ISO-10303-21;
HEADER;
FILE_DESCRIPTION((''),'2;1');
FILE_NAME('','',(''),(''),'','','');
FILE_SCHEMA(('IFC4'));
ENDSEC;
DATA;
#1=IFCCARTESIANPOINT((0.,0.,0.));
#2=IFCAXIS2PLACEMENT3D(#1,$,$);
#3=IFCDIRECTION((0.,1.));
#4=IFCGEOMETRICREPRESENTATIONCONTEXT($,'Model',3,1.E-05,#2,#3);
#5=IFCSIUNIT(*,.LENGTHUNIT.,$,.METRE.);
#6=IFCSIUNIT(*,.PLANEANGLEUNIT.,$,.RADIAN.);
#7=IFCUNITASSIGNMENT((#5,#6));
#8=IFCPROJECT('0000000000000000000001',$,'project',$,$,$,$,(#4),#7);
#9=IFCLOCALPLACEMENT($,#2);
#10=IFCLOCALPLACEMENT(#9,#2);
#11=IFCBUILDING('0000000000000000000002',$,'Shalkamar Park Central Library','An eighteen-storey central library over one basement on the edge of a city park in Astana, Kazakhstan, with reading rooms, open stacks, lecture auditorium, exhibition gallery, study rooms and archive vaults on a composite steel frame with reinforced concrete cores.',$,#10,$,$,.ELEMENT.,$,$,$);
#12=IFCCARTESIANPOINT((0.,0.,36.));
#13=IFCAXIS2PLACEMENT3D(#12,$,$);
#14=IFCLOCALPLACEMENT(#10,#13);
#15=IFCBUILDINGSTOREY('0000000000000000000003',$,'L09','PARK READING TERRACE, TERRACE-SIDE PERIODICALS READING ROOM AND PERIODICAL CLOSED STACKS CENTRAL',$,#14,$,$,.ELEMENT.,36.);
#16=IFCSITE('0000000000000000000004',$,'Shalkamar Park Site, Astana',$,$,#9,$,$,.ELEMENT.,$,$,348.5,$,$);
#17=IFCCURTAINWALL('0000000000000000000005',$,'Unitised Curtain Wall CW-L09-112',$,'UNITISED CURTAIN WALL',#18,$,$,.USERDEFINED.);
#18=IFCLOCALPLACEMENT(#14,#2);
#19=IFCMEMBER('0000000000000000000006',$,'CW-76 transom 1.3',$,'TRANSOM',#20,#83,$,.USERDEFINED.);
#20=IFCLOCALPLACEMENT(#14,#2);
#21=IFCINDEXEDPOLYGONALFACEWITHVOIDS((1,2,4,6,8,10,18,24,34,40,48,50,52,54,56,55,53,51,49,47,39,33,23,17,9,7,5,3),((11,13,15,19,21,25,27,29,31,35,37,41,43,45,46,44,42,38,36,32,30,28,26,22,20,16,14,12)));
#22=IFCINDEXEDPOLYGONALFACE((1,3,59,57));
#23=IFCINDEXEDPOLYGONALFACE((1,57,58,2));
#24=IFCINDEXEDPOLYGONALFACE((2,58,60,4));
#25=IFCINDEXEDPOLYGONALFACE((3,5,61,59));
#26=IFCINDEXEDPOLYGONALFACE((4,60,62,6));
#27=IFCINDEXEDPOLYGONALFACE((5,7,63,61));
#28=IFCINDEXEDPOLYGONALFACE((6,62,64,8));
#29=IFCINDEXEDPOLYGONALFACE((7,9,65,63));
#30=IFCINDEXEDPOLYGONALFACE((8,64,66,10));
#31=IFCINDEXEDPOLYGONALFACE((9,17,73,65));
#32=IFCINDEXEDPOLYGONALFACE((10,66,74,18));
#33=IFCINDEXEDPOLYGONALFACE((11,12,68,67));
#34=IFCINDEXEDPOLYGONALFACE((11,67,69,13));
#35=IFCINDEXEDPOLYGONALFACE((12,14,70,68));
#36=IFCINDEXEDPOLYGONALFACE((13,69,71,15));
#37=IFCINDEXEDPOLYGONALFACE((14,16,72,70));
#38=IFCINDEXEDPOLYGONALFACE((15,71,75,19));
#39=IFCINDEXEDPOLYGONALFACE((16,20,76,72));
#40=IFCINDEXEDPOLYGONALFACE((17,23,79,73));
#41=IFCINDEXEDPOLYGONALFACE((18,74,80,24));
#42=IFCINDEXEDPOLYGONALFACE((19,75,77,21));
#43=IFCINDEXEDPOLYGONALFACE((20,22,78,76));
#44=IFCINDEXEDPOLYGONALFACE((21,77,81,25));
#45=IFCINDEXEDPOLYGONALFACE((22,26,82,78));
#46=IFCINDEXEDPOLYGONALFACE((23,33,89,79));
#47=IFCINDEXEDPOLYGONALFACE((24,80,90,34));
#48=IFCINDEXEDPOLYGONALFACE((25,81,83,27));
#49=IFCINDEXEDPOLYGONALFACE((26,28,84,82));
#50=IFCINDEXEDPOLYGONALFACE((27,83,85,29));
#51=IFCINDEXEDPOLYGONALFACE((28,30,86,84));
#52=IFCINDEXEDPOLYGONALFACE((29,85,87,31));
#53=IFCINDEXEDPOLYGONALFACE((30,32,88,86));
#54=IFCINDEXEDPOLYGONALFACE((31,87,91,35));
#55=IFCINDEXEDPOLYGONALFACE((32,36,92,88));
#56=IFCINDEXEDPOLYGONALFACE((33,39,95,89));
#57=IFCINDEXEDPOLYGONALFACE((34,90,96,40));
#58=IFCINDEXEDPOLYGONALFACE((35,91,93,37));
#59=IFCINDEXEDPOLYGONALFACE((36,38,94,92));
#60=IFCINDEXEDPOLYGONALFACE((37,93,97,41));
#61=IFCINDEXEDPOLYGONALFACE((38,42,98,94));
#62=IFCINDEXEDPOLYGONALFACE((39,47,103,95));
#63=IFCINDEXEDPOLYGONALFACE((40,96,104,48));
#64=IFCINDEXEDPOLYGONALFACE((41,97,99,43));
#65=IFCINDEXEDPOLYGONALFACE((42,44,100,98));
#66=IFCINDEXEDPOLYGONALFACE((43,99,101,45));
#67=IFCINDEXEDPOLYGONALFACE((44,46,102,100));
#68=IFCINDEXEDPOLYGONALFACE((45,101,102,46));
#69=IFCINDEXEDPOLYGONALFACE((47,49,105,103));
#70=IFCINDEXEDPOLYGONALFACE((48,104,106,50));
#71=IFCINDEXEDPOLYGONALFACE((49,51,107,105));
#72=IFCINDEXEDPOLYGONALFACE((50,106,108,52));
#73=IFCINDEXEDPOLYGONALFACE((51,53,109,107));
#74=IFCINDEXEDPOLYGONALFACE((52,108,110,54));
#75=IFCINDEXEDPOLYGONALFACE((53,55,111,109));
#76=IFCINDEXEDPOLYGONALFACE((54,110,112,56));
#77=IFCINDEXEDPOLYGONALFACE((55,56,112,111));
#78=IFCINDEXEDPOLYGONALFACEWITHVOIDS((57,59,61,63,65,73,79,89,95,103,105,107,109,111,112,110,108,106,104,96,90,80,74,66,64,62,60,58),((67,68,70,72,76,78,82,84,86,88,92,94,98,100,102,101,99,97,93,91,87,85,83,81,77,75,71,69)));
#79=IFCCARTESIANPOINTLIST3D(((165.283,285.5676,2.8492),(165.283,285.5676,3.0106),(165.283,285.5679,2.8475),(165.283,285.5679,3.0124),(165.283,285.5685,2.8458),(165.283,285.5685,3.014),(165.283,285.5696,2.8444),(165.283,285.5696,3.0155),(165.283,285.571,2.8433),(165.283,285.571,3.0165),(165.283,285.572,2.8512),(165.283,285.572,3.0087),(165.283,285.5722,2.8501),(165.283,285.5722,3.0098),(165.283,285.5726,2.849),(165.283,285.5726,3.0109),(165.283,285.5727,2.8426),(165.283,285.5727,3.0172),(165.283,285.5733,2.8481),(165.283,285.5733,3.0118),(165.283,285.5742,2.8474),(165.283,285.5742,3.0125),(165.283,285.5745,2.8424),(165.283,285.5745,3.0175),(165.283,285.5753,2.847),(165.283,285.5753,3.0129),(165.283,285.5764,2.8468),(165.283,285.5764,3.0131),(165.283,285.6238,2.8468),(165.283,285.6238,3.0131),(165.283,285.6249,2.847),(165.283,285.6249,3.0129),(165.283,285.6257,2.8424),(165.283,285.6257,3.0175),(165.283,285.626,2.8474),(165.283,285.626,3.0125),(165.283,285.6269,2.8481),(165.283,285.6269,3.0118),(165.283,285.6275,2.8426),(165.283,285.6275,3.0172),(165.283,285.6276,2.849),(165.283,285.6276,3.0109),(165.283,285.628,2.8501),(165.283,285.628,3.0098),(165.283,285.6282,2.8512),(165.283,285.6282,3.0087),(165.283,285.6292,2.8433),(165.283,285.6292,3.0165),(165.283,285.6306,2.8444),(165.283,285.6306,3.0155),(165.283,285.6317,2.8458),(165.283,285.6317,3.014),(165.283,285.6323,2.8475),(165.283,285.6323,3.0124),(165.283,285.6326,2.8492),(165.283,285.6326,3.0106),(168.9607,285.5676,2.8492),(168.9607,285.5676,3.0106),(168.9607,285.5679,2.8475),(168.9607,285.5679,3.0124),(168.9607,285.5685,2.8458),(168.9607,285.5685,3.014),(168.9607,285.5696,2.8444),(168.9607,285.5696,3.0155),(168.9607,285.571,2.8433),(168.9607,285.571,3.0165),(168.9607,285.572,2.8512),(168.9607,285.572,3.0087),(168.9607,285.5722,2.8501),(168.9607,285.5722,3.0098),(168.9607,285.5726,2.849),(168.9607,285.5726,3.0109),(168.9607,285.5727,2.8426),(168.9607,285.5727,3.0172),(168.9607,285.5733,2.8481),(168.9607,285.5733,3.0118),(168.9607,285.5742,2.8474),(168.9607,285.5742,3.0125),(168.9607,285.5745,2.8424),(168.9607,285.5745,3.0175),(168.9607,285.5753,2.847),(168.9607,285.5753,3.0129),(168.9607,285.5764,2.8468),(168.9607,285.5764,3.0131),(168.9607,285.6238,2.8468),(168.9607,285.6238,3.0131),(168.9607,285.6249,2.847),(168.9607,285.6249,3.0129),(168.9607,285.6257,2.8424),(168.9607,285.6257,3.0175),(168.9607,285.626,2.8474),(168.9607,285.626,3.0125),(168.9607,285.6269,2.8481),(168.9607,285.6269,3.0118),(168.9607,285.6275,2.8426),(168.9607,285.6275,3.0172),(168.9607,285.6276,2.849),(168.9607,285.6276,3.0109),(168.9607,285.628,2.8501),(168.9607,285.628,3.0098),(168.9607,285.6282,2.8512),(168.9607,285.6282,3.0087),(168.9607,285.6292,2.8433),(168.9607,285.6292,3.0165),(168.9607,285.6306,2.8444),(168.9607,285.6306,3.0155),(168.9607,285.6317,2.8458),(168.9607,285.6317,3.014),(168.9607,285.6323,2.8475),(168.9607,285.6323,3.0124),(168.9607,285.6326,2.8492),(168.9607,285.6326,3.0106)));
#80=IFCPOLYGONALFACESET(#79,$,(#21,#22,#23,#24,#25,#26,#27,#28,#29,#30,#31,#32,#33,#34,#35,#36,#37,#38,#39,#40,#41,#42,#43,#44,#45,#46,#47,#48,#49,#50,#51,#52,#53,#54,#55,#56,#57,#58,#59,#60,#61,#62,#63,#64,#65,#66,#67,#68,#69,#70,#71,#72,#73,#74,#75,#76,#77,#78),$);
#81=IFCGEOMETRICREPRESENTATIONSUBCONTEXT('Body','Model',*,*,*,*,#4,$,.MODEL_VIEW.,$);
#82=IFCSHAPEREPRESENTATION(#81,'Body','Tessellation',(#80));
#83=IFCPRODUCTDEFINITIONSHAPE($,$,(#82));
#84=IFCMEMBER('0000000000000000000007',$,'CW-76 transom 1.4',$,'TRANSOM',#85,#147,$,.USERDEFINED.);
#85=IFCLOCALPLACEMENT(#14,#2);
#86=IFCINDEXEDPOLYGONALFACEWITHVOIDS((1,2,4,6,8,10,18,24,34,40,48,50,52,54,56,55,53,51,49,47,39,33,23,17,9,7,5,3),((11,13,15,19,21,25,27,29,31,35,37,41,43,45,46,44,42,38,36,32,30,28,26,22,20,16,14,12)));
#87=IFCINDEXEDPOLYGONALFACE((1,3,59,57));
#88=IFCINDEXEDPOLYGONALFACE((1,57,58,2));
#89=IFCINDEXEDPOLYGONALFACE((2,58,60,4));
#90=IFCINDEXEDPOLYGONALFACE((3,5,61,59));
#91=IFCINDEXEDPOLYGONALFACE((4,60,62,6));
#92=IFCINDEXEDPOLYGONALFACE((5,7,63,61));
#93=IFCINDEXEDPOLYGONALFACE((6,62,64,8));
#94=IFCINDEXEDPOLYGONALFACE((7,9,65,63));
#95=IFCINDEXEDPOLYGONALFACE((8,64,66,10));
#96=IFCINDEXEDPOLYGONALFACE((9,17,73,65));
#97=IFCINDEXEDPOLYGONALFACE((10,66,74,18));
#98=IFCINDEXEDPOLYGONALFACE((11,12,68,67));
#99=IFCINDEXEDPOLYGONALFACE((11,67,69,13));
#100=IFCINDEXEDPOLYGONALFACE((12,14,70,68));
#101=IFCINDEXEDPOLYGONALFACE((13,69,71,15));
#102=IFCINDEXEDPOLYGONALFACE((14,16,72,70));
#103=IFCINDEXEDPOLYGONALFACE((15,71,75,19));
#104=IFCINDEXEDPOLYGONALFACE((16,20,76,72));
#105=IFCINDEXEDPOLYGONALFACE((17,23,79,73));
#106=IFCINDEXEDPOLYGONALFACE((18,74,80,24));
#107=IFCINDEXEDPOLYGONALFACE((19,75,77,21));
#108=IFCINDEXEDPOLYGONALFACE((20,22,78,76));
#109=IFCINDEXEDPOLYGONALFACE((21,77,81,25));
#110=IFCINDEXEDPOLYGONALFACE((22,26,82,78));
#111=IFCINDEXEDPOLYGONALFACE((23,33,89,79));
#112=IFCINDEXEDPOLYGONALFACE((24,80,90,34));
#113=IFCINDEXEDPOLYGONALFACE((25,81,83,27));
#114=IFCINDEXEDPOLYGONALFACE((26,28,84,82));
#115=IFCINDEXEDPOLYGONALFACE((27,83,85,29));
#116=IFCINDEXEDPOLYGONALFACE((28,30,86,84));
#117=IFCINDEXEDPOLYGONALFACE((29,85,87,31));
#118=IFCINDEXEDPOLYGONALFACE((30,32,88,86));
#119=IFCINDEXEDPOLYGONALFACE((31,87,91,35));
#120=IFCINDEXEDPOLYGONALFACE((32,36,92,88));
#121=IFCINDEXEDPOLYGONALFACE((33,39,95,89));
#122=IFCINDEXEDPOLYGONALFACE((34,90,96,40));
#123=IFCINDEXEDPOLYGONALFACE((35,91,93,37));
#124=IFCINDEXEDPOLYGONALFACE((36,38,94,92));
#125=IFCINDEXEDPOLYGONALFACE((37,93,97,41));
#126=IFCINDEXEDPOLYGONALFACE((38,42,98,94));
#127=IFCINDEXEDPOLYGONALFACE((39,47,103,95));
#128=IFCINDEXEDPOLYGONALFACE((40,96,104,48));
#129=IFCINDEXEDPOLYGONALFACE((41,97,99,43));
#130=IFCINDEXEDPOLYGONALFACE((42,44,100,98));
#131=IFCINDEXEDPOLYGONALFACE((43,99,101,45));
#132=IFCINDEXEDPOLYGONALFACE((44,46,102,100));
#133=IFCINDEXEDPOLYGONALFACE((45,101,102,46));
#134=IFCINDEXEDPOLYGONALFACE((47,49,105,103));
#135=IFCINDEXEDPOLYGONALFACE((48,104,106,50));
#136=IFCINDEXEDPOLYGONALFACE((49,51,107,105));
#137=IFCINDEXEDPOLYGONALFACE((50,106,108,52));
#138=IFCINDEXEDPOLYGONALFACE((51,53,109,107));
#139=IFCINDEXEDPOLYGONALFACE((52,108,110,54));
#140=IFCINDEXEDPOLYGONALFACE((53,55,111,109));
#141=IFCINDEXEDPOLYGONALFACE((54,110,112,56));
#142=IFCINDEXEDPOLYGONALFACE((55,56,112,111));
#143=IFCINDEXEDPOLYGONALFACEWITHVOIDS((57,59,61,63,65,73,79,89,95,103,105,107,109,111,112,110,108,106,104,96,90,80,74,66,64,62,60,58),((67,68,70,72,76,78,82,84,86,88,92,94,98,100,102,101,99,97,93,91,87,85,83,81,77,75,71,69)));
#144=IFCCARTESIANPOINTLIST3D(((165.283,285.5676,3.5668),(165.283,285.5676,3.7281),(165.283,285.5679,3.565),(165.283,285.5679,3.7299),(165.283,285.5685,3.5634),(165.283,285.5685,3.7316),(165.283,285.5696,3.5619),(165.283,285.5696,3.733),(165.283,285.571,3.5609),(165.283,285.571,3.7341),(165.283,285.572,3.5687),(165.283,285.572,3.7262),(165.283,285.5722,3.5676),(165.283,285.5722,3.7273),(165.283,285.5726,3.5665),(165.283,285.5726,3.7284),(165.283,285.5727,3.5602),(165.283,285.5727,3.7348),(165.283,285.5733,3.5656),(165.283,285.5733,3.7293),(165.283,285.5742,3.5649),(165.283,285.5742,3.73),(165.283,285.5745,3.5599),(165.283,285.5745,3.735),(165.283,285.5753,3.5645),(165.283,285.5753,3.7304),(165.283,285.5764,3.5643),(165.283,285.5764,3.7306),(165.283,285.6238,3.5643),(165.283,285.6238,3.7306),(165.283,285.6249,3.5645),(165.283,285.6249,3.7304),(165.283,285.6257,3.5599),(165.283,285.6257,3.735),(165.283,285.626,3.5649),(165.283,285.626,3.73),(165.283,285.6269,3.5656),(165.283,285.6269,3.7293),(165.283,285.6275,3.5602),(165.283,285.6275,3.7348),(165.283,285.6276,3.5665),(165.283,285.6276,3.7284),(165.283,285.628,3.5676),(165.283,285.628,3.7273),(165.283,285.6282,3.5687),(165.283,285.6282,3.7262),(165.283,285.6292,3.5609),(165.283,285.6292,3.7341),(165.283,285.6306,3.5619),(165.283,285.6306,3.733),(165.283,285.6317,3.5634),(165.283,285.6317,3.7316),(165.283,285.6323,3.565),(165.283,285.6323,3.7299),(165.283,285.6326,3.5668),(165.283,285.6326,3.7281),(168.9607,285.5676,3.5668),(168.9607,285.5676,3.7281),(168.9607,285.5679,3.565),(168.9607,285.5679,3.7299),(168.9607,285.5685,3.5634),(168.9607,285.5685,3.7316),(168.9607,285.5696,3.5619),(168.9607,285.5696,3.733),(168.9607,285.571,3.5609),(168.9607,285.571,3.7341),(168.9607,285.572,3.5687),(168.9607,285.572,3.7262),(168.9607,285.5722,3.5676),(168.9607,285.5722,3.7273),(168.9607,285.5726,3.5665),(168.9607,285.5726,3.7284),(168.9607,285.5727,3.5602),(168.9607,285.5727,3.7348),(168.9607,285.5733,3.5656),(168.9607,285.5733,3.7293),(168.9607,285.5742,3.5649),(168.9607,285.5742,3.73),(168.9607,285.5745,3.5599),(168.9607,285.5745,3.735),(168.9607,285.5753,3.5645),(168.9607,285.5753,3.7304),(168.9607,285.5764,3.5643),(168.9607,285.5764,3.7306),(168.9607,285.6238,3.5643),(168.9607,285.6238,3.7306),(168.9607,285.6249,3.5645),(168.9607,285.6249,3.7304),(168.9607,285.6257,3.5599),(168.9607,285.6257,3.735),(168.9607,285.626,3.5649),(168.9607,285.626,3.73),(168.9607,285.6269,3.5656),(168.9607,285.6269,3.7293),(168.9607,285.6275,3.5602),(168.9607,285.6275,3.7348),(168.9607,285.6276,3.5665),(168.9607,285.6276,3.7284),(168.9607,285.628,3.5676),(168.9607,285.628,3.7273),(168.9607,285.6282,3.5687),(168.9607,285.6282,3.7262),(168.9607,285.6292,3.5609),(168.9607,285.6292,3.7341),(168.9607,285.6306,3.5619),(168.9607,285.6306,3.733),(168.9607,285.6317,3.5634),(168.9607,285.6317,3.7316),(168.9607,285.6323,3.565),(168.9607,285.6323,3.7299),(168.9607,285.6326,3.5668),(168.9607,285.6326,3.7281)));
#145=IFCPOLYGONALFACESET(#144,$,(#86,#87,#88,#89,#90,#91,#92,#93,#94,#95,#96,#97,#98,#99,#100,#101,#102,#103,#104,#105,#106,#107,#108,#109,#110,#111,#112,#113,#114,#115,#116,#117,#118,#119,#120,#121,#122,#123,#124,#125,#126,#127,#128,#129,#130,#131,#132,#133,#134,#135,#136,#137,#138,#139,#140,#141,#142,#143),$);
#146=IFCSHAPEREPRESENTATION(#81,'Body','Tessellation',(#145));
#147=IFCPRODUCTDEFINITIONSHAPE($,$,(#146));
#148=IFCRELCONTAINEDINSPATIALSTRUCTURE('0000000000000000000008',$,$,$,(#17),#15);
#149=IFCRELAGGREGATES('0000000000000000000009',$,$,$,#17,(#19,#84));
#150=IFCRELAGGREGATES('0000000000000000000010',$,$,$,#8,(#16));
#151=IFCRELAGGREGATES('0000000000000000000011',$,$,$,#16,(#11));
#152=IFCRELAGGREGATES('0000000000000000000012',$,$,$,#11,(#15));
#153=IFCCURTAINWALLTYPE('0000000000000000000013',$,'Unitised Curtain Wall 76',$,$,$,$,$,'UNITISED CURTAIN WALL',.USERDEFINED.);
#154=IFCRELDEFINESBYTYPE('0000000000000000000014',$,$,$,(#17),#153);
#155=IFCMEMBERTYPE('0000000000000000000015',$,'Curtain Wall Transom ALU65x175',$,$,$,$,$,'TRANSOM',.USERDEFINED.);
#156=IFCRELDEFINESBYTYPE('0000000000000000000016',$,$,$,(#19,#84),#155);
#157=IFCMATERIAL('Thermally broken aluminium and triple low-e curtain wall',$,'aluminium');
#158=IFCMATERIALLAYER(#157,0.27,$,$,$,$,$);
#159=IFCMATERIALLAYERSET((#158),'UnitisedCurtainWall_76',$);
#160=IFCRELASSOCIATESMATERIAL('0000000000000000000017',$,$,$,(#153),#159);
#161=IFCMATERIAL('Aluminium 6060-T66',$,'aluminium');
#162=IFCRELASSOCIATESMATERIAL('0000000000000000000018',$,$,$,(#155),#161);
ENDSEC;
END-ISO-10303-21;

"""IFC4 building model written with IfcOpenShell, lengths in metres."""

from ifc_helpers import new_model, si_unit, direction, frame, origin, origin_2d, place, context, subcontext, project, spatial, hollow_rectangle, extrude, material, layer, layer_set, material_profile, profile_set, type_object, element, aggregate, save


model = new_model("IFC4")

# Units and contexts
model_context = context("Model", 3, precision=1e-05, world=origin(), true_north=direction((0.0, 1.0)))
body_context = subcontext(model_context, "Body", "Model", "MODEL_VIEW")
ifc_project = project(units=[si_unit("LENGTHUNIT", "METRE"), si_unit("PLANEANGLEUNIT", "RADIAN")], contexts=[model_context])

# Site, building, storey
site_placement = place(None, origin())
site = spatial("IfcSite", under=ifc_project, at=site_placement, Name="Shalkamar Park Site, Astana", CompositionType="ELEMENT", RefElevation=348.5)
building_placement = place(site_placement, origin())
building = spatial("IfcBuilding", under=site, at=building_placement, Name="Shalkamar Park Central Library", Description="An eighteen-storey central library over one basement on the edge of a city park in Astana, Kazakhstan, with reading rooms, open stacks, lecture auditorium, exhibition gallery, study rooms and archive vaults on a composite steel frame with reinforced concrete cores.", CompositionType="ELEMENT")
storey_placement = place(building_placement, frame((0.0, 0.0, 36.0)))
storey = spatial("IfcBuildingStorey", under=building, at=storey_placement, Name="L09", Description="PARK READING TERRACE, TERRACE-SIDE PERIODICALS READING ROOM AND PERIODICAL CLOSED STACKS CENTRAL", CompositionType="ELEMENT", Elevation=36.0)

# Curtain wall
ifc_material_1 = material(Name="Thermally broken aluminium and triple low-e curtain wall", Category="aluminium")
ifc_layer_1 = layer(ifc_material_1, 0.27)
ifc_layer_set_1 = layer_set([ifc_layer_1], Name="UnitisedCurtainWall_76")
curtain_wall_type_1 = type_object("IfcCurtainWallType", Name="Unitised Curtain Wall 76", ElementType="UNITISED CURTAIN WALL", PredefinedType="USERDEFINED", material=ifc_layer_set_1)
curtain_wall_1_placement = place(storey_placement, origin())
curtain_wall_1 = element("IfcCurtainWall", 1, at=curtain_wall_1_placement, inside=storey, type_object=curtain_wall_type_1, Name="Unitised Curtain Wall CW-L09-112", ObjectType="UNITISED CURTAIN WALL", PredefinedType="USERDEFINED")
ifc_material_2 = material(Name="Aluminium 6060-T66", Category="aluminium")

# Members
ifc_material_profile_1 = material_profile(ifc_material_2, hollow_rectangle(XDim=0.0649, YDim=0.175, WallThickness=0.0044, InnerFilletRadius=0.0044, OuterFilletRadius=0.0068, at=origin_2d()), Name="ALU 65x175x4.5")
ifc_profile_set_1 = profile_set([ifc_material_profile_1], Name="Aluminium 6060-T66")
member_type_1 = type_object("IfcMemberType", Name="Curtain Wall Transom ALU65x175", ElementType="TRANSOM", PredefinedType="USERDEFINED", material=ifc_profile_set_1)
member_1_placement = place(storey_placement, frame((165.283, 285.6001, 2.9299), z_axis=(1.0, 0.0, 0.0), x_axis=(0.0, 1.0, 0.0)))
member_1 = element("IfcMember", 2, at=member_1_placement, type_object=member_type_1, Name="CW-76 transom 1.3", ObjectType="TRANSOM", PredefinedType="USERDEFINED", context=body_context, shape_type="SweptSolid", body=[
    extrude(hollow_rectangle(XDim=0.0649, YDim=0.175, WallThickness=0.0044, InnerFilletRadius=0.0044, OuterFilletRadius=0.0068, at=origin_2d()), origin(), (0.0, 0.0, 1.0), 3.6777),
])
member_2_placement = place(storey_placement, frame((165.283, 285.6001, 3.6475), z_axis=(1.0, 0.0, 0.0), x_axis=(0.0, 1.0, 0.0)))
member_2 = element("IfcMember", 3, at=member_2_placement, type_object=member_type_1, Name="CW-76 transom 1.4", ObjectType="TRANSOM", PredefinedType="USERDEFINED", context=body_context, shape_type="SweptSolid", body=[
    extrude(hollow_rectangle(XDim=0.0649, YDim=0.175, WallThickness=0.0044, InnerFilletRadius=0.0044, OuterFilletRadius=0.0068, at=origin_2d()), origin(), (0.0, 0.0, 1.0), 3.6777),
])

aggregate(curtain_wall_1, [member_1, member_2])

save(model, "model.ifc")
